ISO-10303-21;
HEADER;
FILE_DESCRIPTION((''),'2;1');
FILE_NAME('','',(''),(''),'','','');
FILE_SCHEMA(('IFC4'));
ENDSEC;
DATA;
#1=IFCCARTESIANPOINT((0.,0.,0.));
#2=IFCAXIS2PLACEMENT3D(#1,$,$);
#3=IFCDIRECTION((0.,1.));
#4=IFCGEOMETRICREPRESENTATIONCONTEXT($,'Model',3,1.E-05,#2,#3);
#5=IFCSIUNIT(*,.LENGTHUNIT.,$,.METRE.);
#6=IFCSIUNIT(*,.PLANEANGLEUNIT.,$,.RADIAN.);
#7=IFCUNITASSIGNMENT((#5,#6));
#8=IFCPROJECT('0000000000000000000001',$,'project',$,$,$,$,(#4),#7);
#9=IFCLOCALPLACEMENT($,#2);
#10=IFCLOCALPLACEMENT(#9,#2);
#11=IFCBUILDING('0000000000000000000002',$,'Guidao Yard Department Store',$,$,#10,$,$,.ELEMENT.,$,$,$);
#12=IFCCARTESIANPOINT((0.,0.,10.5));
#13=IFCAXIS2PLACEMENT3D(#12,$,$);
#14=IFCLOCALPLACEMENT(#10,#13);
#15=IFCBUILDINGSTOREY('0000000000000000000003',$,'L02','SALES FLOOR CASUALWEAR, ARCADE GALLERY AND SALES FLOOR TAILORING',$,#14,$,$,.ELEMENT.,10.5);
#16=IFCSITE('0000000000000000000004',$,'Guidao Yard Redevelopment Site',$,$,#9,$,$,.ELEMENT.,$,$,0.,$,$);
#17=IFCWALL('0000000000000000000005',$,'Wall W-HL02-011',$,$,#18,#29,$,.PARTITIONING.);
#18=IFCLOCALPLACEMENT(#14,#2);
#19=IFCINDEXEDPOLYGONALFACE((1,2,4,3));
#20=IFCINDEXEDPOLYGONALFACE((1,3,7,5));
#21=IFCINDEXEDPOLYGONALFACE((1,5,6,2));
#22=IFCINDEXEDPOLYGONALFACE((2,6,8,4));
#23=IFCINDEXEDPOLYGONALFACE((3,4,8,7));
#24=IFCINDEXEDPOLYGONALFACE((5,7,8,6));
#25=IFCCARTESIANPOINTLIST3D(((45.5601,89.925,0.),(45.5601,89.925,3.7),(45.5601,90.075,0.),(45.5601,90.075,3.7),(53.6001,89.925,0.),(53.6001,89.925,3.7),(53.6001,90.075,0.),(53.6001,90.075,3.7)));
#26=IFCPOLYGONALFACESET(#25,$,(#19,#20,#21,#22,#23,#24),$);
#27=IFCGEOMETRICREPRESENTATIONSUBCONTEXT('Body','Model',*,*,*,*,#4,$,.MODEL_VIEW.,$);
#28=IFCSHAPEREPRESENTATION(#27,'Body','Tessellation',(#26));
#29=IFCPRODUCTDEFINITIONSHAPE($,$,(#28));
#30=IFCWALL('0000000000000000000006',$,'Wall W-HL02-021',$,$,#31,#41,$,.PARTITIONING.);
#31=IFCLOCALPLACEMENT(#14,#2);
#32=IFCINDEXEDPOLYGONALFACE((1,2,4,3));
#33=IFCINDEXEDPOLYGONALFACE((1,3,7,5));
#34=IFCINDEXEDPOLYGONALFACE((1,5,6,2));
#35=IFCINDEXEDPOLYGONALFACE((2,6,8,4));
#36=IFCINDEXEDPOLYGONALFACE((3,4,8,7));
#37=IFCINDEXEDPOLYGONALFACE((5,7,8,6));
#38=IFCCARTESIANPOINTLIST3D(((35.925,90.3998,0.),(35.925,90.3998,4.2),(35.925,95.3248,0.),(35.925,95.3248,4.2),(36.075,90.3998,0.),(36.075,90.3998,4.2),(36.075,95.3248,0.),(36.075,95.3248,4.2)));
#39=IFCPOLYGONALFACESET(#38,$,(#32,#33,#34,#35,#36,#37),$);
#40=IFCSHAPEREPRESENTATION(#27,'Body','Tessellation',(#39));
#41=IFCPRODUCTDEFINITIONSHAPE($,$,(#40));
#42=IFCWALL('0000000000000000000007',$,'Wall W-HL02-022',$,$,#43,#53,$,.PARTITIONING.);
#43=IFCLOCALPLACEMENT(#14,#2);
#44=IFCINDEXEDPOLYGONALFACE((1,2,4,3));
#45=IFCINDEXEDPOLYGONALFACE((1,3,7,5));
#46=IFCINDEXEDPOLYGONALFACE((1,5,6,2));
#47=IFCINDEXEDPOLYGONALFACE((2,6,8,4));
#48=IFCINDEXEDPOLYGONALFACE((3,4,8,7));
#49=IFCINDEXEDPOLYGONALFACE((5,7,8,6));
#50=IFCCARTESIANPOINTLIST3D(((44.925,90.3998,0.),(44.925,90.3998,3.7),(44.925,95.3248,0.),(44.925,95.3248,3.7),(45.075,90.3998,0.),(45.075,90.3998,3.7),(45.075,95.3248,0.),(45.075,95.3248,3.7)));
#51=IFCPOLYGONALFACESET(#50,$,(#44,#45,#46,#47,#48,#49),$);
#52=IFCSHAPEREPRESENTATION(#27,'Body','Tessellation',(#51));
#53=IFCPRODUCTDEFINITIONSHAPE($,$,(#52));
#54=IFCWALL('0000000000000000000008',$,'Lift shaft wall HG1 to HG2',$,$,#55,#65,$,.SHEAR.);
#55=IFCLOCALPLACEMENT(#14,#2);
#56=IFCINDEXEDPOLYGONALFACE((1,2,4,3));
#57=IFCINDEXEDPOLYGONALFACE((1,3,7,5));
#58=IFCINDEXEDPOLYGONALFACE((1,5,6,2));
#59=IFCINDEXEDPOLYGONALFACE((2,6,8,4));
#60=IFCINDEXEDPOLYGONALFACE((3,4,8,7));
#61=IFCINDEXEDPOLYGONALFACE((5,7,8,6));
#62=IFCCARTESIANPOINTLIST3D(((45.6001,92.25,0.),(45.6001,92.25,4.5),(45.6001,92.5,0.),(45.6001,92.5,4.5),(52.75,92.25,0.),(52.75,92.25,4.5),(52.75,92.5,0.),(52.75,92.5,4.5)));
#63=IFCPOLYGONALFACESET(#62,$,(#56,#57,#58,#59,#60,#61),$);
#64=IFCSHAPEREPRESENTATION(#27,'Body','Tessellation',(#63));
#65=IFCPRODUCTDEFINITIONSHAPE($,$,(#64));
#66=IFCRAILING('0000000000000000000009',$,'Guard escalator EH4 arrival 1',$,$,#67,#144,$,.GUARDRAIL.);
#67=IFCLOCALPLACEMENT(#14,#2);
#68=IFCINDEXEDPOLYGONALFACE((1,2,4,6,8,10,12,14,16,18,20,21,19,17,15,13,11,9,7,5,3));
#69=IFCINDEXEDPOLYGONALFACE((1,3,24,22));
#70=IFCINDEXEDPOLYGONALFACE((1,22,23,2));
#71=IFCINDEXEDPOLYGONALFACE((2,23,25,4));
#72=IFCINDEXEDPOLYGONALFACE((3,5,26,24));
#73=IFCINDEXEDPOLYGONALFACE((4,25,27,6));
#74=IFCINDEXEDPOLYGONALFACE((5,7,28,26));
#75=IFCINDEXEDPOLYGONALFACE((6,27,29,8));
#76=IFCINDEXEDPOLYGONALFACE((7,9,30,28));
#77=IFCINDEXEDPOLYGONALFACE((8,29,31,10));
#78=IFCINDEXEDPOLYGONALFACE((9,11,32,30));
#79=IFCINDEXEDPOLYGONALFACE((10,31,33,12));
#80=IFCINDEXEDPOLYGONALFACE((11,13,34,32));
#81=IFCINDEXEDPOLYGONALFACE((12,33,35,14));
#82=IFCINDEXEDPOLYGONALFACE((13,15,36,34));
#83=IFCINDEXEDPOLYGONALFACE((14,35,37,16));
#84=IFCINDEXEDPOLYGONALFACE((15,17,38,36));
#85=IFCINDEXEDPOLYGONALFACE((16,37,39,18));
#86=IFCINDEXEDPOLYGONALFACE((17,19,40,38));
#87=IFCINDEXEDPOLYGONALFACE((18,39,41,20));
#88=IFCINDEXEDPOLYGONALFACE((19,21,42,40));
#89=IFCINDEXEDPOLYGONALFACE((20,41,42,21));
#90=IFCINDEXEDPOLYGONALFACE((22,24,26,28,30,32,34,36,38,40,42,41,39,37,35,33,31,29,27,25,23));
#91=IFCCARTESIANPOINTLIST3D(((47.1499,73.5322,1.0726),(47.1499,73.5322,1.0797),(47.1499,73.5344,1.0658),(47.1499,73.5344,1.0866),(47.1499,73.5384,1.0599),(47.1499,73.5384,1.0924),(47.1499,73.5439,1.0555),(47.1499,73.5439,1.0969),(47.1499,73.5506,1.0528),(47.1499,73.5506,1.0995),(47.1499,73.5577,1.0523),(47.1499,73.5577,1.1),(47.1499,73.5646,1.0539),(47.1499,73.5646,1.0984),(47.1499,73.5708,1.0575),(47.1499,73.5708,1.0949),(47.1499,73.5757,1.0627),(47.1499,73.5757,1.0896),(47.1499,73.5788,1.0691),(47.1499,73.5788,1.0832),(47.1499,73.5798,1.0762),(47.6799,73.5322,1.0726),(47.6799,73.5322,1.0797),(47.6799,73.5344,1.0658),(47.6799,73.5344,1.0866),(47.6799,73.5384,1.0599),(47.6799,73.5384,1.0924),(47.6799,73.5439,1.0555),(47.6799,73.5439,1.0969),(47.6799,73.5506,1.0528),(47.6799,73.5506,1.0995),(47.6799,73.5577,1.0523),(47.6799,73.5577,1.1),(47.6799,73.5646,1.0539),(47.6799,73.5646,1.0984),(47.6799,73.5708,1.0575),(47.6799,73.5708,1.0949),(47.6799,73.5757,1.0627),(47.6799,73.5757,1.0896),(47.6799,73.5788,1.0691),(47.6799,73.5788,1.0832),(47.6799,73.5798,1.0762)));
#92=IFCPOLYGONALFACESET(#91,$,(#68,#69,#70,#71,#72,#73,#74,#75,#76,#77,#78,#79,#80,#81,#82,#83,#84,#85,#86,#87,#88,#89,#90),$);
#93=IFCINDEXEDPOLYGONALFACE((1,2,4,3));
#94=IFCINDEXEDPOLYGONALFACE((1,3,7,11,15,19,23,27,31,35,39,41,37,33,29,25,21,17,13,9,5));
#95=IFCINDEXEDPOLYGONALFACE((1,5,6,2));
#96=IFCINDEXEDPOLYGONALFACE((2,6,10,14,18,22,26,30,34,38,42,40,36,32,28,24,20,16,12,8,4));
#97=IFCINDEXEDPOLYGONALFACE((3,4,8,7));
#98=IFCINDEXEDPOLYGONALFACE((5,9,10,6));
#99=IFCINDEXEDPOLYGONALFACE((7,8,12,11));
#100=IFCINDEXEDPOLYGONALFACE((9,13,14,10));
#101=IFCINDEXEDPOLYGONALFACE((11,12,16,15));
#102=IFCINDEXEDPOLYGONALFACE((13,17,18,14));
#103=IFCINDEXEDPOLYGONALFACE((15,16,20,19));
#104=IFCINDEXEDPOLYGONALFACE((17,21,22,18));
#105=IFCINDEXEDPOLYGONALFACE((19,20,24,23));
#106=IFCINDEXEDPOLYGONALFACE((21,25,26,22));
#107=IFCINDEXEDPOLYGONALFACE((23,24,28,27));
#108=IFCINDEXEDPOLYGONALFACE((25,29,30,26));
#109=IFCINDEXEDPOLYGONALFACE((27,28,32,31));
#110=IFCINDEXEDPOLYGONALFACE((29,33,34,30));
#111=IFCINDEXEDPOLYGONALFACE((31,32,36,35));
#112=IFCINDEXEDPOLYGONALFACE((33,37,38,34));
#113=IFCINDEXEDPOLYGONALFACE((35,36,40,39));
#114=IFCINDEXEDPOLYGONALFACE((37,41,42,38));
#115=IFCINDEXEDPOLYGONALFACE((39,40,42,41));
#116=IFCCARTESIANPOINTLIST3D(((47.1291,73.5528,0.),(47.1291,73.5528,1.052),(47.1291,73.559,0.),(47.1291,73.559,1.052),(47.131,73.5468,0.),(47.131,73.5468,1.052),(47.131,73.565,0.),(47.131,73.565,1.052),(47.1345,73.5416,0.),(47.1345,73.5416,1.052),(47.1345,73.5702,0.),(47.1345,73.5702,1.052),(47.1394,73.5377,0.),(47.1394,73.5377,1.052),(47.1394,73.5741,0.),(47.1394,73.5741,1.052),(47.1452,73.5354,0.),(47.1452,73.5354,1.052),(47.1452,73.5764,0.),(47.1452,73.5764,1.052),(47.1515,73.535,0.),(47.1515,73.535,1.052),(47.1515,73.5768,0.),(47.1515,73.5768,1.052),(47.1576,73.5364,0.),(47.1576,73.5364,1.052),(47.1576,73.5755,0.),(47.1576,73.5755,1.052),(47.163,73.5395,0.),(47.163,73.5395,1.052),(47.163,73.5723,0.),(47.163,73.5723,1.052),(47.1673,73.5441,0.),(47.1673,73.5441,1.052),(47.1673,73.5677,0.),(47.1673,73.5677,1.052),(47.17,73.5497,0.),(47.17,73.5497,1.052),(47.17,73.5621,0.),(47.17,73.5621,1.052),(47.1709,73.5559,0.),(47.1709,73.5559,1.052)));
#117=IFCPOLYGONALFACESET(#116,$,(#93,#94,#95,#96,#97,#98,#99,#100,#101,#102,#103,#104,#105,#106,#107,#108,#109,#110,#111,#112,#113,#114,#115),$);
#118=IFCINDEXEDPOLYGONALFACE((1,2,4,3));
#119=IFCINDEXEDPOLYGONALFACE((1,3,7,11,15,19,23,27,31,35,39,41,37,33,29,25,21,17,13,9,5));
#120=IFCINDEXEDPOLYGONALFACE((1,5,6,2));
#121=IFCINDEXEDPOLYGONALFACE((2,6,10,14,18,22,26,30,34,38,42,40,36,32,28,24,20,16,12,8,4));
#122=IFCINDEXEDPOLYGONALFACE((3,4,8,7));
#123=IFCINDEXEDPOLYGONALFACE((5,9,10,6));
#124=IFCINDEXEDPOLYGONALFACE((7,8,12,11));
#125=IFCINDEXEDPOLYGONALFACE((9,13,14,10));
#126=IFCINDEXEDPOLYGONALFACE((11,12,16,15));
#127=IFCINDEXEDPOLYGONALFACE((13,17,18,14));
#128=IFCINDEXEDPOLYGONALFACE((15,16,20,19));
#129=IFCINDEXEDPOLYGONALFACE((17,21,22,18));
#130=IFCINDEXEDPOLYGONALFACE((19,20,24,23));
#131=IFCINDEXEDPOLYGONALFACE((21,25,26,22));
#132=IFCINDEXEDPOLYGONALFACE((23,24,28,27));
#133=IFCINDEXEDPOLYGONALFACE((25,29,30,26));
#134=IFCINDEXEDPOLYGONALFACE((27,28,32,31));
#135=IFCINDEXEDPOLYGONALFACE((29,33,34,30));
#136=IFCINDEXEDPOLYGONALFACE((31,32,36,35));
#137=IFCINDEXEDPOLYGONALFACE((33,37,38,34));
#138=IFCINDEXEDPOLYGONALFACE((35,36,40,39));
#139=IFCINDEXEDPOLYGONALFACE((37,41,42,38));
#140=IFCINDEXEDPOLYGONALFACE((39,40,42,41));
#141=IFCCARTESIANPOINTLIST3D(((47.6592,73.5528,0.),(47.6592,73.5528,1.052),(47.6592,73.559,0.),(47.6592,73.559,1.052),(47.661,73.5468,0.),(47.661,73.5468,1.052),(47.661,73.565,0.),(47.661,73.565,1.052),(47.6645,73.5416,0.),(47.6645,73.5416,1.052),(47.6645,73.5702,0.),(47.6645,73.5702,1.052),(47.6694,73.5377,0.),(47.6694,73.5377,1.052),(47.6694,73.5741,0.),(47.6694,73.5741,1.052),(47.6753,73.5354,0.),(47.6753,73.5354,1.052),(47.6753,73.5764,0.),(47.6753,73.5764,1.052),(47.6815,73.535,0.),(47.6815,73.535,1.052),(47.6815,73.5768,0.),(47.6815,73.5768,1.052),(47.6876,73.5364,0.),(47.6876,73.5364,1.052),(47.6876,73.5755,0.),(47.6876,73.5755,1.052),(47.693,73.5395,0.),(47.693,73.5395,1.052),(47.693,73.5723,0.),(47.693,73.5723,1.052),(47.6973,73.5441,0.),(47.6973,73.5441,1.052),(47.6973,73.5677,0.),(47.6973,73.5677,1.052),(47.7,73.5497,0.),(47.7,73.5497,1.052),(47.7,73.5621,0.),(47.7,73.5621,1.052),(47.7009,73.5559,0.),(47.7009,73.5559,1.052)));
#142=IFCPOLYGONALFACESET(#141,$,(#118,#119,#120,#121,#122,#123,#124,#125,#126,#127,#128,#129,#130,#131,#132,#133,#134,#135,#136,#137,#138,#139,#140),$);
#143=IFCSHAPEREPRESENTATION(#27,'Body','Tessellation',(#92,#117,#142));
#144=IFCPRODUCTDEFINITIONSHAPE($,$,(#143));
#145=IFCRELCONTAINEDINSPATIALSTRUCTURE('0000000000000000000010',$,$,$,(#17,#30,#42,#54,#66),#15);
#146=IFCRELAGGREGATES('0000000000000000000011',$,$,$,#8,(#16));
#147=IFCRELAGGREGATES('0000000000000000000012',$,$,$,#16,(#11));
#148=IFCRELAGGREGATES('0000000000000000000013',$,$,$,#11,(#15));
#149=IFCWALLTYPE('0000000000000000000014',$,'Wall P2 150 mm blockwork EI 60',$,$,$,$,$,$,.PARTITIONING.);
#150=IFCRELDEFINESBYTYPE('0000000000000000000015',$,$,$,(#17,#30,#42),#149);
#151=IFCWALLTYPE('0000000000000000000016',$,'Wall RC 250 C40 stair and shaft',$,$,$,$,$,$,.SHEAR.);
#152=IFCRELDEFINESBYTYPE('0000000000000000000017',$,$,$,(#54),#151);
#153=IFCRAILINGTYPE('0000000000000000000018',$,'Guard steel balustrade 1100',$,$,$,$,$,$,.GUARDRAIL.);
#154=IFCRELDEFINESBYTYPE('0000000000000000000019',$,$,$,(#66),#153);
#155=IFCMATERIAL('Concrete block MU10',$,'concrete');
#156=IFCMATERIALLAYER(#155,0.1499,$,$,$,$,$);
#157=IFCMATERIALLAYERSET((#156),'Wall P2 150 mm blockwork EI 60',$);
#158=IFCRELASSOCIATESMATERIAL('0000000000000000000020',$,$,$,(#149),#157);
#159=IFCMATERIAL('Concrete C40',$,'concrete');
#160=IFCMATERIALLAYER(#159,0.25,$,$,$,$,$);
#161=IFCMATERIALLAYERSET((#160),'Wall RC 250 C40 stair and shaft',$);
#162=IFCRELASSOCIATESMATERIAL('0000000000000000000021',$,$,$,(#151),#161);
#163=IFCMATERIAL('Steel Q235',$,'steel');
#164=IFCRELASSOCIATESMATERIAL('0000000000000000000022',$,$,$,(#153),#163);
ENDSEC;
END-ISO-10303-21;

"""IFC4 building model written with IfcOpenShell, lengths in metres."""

from ifc_helpers import new_model, si_unit, direction, frame, frame_2d, origin, origin_2d, place, context, subcontext, project, spatial, rectangle, circle, extrude, material, layer, layer_set, type_object, element, save


model = new_model("IFC4")

# Units and contexts
model_context = context("Model", 3, precision=1e-05, world=origin(), true_north=direction((0.0, 1.0)))
body_context = subcontext(model_context, "Body", "Model", "MODEL_VIEW")
ifc_project = project(units=[si_unit("LENGTHUNIT", "METRE"), si_unit("PLANEANGLEUNIT", "RADIAN")], contexts=[model_context])

# Site, building, storey
site_placement = place(None, origin())
site = spatial("IfcSite", under=ifc_project, at=site_placement, Name="Guidao Yard Redevelopment Site", CompositionType="ELEMENT", RefElevation=0.0)
building_placement = place(site_placement, origin())
building = spatial("IfcBuilding", under=site, at=building_placement, Name="Guidao Yard Department Store", CompositionType="ELEMENT")
storey_placement = place(building_placement, frame((0.0, 0.0, 10.5)))
storey = spatial("IfcBuildingStorey", under=building, at=storey_placement, Name="L02", Description="SALES FLOOR CASUALWEAR, ARCADE GALLERY AND SALES FLOOR TAILORING", CompositionType="ELEMENT", Elevation=10.5)

# Walls
ifc_material_1 = material(Name="Concrete block MU10", Category="concrete")
ifc_layer_1 = layer(ifc_material_1, 0.1499)
ifc_layer_set_1 = layer_set([ifc_layer_1], Name="Wall P2 150 mm blockwork EI 60")
wall_type_1 = type_object("IfcWallType", Name="Wall P2 150 mm blockwork EI 60", PredefinedType="PARTITIONING", material=ifc_layer_set_1)
wall_1_placement = place(storey_placement, frame((45.5601, 90.0, 0.0), z_axis=(0.0, 0.0, 1.0), x_axis=(1.0, 0.0, 0.0)))
element("IfcWall", 1, at=wall_1_placement, inside=storey, type_object=wall_type_1, Name="Wall W-HL02-011", PredefinedType="PARTITIONING", context=body_context, shape_type="SweptSolid", body=[
    extrude(rectangle(XDim=8.04, YDim=0.1499, at=frame_2d((4.02, 0.0))), origin(), (0.0, 0.0, 1.0), 3.7),
])
wall_2_placement = place(storey_placement, frame((36.0, 90.3999, 0.0), z_axis=(0.0, 0.0, 1.0), x_axis=(0.0, 1.0, 0.0)))
element("IfcWall", 2, at=wall_2_placement, inside=storey, type_object=wall_type_1, Name="Wall W-HL02-021", PredefinedType="PARTITIONING", context=body_context, shape_type="SweptSolid", body=[
    extrude(rectangle(XDim=4.925, YDim=0.1499, at=frame_2d((2.4624, 0.0))), origin(), (0.0, 0.0, 1.0), 4.2),
])
wall_3_placement = place(storey_placement, frame((45.0, 90.3999, 0.0), z_axis=(0.0, 0.0, 1.0), x_axis=(0.0, 1.0, 0.0)))
element("IfcWall", 3, at=wall_3_placement, inside=storey, type_object=wall_type_1, Name="Wall W-HL02-022", PredefinedType="PARTITIONING", context=body_context, shape_type="SweptSolid", body=[
    extrude(rectangle(XDim=4.925, YDim=0.1499, at=frame_2d((2.4624, 0.0))), origin(), (0.0, 0.0, 1.0), 3.7),
])
ifc_material_2 = material(Name="Concrete C40", Category="concrete")
ifc_layer_2 = layer(ifc_material_2, 0.25)
ifc_layer_set_2 = layer_set([ifc_layer_2], Name="Wall RC 250 C40 stair and shaft")
wall_type_2 = type_object("IfcWallType", Name="Wall RC 250 C40 stair and shaft", PredefinedType="SHEAR", material=ifc_layer_set_2)
wall_4_placement = place(storey_placement, frame((45.6001, 92.375, 0.0), z_axis=(0.0, 0.0, 1.0), x_axis=(1.0, 0.0, 0.0)))
element("IfcWall", 4, at=wall_4_placement, inside=storey, type_object=wall_type_2, Name="Lift shaft wall HG1 to HG2", PredefinedType="SHEAR", context=body_context, shape_type="SweptSolid", body=[
    extrude(rectangle(XDim=7.1499, YDim=0.25, at=frame_2d((3.575, 0.0))), origin(), (0.0, 0.0, 1.0), 4.5),
])

# Railing
ifc_material_3 = material(Name="Steel Q235", Category="steel")
railing_type = type_object("IfcRailingType", Name="Guard steel balustrade 1100", PredefinedType="GUARDRAIL", material=ifc_material_3)
railing_placement = place(storey_placement, frame((47.1499, 73.5559, 0.0)))
element("IfcRailing", 5, at=railing_placement, inside=storey, type_object=railing_type, Name="Guard escalator EH4 arrival 1", PredefinedType="GUARDRAIL", context=body_context, shape_type="SweptSolid", body=[
    extrude(circle(Radius=0.0239, at=origin_2d()), frame((0.0, 0.0, 1.0762), z_axis=(1.0, 0.0, 0.0), x_axis=(0.0, 1.0, 0.0)), (0.0, 0.0, 1.0), 0.53),
    extrude(circle(Radius=0.021, at=origin_2d()), origin(), (0.0, 0.0, 1.0), 1.052),
    extrude(circle(Radius=0.021, at=origin_2d()), frame((0.53, 0.0, 0.0)), (0.0, 0.0, 1.0), 1.052),
])

save(model, "model.ifc")
